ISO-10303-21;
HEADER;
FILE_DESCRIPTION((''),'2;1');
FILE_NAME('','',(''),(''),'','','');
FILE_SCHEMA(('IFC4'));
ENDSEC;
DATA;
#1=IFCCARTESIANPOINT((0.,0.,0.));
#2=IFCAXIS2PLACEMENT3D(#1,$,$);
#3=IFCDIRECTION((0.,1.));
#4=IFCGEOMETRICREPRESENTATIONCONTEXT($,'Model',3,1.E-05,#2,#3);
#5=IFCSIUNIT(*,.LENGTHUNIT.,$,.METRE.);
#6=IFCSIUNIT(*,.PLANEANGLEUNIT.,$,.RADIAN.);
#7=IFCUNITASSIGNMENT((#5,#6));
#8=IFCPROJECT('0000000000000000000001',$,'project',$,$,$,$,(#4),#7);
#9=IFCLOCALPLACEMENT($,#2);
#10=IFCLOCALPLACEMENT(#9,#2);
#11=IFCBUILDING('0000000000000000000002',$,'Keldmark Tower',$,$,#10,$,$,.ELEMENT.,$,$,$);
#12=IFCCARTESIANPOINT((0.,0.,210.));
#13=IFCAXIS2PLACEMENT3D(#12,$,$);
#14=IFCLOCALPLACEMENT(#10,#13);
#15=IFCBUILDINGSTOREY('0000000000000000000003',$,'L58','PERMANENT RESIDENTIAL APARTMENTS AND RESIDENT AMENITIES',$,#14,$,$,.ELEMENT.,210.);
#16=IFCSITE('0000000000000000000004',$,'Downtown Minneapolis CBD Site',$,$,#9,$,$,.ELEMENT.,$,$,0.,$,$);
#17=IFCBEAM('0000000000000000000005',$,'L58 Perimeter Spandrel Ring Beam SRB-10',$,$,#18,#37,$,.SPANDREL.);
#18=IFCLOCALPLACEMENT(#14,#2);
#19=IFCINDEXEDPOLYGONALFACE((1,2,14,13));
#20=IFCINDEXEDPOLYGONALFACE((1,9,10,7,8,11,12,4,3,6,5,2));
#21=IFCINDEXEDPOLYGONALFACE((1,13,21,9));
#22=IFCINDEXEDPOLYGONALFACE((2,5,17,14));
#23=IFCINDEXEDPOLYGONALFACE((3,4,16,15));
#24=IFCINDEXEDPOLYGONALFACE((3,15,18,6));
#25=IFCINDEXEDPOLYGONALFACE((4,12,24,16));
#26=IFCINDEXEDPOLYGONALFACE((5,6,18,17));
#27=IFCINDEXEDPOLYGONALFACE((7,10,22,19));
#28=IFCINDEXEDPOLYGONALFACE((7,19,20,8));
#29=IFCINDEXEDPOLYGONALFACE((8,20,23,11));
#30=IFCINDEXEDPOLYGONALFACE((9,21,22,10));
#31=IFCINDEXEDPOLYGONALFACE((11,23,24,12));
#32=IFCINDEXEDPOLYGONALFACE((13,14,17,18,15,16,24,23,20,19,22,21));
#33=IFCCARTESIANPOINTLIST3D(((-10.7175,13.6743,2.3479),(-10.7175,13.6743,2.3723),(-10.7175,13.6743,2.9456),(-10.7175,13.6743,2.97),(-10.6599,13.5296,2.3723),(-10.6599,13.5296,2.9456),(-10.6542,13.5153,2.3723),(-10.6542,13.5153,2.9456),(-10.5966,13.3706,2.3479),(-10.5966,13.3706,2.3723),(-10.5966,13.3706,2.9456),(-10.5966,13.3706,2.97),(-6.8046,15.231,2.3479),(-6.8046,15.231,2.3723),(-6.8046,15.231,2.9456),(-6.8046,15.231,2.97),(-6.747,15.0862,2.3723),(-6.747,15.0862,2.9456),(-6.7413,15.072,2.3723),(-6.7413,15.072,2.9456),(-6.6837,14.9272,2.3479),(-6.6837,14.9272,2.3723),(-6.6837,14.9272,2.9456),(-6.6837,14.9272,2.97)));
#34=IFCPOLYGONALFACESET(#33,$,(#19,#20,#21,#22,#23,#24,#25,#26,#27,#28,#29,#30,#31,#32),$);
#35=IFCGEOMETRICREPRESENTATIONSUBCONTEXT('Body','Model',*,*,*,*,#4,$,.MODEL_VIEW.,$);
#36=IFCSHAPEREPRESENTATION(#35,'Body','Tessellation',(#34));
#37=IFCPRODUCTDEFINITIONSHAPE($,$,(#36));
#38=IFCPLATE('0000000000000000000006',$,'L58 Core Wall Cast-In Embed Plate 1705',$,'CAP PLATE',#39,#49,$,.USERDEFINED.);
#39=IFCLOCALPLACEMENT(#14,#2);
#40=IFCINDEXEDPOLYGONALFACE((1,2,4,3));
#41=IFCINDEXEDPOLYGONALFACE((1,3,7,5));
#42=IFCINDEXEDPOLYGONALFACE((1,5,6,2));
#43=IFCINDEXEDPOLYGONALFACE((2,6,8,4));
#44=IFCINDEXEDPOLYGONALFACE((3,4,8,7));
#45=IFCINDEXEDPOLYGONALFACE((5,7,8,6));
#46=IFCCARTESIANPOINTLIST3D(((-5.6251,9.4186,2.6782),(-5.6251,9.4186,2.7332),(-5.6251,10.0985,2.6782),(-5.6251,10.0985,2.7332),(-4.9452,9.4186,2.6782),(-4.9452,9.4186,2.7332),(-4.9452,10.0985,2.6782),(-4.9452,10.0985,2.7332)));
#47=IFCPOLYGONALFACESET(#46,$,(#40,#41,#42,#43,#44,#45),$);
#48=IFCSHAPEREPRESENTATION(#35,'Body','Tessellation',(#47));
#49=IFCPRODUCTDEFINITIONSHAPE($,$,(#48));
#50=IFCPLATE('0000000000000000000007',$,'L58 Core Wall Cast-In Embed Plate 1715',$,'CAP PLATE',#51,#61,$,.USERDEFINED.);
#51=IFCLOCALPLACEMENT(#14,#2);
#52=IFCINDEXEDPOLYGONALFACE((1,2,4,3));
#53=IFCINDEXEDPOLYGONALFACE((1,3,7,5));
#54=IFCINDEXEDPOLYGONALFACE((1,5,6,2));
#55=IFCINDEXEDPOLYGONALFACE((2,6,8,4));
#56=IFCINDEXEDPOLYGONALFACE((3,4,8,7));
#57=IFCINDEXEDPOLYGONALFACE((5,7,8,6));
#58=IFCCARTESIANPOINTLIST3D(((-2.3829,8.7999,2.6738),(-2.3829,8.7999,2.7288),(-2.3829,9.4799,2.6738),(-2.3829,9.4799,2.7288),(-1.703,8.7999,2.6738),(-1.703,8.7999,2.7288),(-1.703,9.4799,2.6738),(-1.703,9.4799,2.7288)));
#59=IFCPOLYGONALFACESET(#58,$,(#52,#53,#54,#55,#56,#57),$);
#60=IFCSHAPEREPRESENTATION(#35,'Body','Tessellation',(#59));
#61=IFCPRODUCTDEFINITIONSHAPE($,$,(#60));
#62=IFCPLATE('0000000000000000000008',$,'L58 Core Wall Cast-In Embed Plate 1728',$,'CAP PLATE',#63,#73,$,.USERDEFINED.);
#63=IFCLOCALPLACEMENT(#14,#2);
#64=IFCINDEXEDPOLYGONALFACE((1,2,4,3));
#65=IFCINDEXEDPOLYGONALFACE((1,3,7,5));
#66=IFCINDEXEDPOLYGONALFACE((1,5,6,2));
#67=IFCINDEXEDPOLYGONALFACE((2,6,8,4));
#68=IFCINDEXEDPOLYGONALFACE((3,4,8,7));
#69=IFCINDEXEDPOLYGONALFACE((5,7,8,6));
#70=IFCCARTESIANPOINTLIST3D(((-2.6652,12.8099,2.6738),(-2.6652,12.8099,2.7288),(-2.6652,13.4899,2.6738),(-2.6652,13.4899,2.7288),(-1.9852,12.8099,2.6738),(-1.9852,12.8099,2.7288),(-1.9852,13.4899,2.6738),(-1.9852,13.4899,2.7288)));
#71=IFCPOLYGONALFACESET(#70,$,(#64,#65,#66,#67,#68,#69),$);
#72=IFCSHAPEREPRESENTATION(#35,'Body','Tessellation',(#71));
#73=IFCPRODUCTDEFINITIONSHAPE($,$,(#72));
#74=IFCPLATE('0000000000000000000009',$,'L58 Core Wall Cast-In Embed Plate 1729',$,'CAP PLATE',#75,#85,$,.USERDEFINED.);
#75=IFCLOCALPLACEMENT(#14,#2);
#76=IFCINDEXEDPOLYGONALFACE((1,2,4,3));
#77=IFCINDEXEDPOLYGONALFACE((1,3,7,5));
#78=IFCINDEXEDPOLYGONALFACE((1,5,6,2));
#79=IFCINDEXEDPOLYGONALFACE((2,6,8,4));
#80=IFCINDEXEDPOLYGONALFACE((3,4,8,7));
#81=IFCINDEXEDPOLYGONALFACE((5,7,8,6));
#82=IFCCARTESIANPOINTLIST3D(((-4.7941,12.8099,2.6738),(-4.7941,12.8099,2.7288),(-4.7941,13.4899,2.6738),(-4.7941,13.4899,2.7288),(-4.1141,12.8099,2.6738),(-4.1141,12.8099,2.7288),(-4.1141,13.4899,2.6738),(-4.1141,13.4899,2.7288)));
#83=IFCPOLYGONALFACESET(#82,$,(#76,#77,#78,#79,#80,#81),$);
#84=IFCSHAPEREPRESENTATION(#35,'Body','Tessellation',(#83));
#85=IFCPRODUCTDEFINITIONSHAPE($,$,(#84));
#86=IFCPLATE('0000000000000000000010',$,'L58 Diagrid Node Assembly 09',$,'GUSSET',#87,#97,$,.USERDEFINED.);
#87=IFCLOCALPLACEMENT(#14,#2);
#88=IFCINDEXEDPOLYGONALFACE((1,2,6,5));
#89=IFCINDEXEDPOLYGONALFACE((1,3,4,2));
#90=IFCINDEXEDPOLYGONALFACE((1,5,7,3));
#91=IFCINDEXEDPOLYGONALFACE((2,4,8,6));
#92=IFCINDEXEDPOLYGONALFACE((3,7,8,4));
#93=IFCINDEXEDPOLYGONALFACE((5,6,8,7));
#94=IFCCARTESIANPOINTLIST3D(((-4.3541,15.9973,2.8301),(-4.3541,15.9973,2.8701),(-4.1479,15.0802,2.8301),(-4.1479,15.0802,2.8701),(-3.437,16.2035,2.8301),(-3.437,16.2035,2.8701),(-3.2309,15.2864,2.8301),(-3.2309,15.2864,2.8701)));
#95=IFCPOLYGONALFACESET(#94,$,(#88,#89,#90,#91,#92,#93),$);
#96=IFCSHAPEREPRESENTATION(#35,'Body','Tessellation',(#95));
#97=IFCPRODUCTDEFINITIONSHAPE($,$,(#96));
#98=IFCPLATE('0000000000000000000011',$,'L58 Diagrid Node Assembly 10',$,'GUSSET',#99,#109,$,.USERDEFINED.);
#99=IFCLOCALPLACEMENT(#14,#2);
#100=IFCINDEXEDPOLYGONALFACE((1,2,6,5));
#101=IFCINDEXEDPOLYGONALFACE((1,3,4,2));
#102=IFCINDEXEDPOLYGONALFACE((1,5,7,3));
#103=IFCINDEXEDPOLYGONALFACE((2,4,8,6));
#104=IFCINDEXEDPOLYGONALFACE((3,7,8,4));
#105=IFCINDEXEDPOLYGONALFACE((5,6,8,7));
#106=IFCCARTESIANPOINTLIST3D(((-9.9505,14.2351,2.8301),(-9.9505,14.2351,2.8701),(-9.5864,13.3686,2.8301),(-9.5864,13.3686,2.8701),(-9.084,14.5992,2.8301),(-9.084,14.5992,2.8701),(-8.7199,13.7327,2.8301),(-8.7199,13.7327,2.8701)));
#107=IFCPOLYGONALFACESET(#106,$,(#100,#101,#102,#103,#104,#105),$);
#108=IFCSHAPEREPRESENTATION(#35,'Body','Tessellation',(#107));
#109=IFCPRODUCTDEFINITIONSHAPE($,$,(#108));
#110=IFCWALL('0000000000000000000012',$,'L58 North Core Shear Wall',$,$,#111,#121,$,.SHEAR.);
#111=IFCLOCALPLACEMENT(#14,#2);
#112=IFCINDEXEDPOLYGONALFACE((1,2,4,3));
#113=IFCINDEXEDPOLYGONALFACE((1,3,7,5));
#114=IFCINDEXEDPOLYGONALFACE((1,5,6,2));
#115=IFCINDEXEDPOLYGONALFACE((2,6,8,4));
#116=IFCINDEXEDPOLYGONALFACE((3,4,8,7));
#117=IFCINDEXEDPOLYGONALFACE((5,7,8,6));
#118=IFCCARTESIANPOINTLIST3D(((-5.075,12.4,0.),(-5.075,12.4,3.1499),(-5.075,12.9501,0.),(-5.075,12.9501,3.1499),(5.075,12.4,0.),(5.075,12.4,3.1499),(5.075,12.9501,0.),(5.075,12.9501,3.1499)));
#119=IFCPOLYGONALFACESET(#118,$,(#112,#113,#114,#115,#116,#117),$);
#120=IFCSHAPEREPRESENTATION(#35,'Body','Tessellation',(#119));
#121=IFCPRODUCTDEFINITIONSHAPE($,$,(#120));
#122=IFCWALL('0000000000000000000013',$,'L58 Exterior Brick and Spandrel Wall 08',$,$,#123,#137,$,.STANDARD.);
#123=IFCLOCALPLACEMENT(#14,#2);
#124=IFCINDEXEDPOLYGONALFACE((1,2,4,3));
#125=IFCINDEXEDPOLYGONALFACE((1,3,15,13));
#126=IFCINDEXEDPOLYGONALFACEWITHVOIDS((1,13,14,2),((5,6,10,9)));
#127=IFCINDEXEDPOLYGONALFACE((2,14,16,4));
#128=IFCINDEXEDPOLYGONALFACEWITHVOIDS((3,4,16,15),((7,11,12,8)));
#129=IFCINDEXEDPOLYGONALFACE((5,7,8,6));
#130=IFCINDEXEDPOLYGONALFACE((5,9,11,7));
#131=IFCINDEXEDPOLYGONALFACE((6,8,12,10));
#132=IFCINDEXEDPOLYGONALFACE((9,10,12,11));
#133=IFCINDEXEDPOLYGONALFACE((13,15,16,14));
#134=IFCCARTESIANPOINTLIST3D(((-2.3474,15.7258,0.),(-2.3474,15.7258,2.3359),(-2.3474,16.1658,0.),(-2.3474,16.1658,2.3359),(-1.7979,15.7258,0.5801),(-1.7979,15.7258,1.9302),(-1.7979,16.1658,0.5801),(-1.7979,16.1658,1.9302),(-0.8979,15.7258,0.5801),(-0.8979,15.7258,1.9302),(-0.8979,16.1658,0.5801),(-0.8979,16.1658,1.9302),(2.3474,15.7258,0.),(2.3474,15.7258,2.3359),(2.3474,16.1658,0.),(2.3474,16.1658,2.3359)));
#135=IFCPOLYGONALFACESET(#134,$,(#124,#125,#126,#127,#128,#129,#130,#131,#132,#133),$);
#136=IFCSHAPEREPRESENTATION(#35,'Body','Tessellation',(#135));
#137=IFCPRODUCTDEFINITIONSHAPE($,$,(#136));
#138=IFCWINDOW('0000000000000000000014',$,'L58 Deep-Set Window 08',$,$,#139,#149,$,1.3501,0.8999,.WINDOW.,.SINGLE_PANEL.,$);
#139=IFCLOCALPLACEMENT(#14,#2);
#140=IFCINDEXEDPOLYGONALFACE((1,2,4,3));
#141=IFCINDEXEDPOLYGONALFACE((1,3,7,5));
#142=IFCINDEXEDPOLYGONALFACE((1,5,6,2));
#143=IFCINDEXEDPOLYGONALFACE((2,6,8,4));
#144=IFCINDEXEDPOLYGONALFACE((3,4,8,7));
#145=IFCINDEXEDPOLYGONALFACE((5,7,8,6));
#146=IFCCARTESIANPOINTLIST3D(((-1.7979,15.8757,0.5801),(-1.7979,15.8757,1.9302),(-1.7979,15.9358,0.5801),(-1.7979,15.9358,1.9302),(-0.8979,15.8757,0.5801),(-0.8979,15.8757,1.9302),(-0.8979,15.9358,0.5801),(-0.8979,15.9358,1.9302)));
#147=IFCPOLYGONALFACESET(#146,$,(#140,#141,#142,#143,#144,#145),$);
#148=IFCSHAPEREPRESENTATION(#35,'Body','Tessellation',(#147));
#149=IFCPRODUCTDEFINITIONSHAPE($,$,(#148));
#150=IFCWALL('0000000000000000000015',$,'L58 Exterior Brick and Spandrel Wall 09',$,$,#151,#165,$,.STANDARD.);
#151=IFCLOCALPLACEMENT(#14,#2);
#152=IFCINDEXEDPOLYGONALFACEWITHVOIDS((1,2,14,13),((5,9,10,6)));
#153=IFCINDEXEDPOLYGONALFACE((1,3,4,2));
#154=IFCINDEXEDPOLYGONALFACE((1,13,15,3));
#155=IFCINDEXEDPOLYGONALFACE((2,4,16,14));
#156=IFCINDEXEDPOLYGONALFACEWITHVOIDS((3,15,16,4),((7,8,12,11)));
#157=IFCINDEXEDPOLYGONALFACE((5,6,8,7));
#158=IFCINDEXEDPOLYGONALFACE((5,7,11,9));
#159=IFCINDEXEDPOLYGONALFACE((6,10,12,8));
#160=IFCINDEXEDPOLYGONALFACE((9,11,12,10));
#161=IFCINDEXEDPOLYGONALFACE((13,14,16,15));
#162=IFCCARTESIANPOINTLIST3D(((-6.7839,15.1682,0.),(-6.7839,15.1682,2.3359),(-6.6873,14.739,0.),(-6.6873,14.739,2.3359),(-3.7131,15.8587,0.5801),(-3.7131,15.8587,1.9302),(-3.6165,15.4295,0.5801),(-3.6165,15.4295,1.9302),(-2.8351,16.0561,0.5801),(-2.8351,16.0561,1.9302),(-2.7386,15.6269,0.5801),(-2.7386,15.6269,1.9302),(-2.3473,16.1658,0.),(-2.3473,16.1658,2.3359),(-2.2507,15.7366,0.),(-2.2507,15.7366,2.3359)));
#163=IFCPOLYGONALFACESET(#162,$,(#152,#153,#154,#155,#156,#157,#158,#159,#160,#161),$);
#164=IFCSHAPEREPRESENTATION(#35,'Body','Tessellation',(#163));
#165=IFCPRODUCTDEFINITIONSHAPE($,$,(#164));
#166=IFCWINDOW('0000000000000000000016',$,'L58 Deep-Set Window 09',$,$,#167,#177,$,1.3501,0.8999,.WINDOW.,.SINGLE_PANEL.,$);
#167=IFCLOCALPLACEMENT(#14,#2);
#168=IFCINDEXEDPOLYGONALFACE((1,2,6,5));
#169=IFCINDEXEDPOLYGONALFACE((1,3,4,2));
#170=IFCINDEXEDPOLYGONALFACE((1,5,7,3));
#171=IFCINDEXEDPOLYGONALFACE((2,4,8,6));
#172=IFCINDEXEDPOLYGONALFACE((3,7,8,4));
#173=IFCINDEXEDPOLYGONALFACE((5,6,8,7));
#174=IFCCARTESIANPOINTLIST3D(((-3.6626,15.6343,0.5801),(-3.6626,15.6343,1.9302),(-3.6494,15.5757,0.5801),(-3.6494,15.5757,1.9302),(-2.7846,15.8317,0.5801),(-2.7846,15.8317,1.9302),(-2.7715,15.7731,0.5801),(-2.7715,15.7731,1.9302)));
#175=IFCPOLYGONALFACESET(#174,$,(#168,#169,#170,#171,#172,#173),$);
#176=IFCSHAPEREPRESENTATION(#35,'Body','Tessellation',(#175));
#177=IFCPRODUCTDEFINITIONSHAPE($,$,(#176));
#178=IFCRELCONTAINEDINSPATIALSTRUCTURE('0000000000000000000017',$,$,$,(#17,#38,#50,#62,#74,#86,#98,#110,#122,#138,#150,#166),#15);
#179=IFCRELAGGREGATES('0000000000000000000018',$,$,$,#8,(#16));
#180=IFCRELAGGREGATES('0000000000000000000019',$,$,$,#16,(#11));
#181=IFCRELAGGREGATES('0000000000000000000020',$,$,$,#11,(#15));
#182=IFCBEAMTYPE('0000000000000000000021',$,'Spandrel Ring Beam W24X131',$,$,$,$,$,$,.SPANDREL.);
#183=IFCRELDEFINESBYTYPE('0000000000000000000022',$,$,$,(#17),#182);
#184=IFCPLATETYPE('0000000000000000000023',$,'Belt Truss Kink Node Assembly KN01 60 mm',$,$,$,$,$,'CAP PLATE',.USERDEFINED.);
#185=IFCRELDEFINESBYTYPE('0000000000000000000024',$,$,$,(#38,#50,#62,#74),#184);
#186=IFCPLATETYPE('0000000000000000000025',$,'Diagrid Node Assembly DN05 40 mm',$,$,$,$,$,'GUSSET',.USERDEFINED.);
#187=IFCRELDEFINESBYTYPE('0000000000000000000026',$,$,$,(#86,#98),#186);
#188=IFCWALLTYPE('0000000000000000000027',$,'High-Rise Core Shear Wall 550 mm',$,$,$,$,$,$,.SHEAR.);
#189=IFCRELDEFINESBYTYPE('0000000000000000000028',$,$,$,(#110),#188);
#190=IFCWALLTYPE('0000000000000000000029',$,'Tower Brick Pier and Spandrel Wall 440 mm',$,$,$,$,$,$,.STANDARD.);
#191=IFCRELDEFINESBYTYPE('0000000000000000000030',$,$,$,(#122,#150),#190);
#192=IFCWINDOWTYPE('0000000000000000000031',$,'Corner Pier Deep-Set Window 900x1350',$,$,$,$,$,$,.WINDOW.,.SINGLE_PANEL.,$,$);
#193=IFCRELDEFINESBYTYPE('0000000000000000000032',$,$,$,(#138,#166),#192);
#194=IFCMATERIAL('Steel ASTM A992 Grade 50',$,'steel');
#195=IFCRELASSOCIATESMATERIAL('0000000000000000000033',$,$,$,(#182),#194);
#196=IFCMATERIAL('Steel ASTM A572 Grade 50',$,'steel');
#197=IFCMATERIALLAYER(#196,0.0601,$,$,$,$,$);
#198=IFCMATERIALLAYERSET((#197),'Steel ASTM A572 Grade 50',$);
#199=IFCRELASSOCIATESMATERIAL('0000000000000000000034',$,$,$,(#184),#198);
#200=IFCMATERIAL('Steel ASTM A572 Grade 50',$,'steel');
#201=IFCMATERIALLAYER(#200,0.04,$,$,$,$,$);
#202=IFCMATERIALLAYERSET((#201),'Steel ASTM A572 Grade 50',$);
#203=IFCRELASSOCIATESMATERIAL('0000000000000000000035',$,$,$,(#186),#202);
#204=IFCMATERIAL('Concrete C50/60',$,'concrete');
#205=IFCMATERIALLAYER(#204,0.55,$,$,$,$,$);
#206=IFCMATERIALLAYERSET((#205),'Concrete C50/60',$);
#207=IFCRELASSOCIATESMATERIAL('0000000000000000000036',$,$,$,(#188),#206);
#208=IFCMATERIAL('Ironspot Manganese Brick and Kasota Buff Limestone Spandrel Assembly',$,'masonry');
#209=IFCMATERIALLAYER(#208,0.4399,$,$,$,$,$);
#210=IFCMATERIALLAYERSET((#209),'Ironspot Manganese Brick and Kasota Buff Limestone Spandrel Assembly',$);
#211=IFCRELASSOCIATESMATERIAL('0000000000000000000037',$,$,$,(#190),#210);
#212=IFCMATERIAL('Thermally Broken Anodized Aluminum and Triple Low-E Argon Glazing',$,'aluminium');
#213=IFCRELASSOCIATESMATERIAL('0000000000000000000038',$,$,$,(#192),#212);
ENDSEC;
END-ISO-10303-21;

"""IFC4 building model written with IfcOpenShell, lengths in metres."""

from ifc_helpers import new_model, si_unit, direction, frame, frame_2d, origin, origin_2d, place, context, subcontext, project, spatial, rectangle, i_section, extrude, material, layer, layer_set, material_profile, profile_set, type_object, element, fill, save


model = new_model("IFC4")

# Units and contexts
model_context = context("Model", 3, precision=1e-05, world=origin(), true_north=direction((0.0, 1.0)))
body_context = subcontext(model_context, "Body", "Model", "MODEL_VIEW")
ifc_project = project(units=[si_unit("LENGTHUNIT", "METRE"), si_unit("PLANEANGLEUNIT", "RADIAN")], contexts=[model_context])

# Site, building, storey
site_placement = place(None, origin())
site = spatial("IfcSite", under=ifc_project, at=site_placement, Name="Downtown Minneapolis CBD Site", CompositionType="ELEMENT", RefElevation=0.0)
building_placement = place(site_placement, origin())
building = spatial("IfcBuilding", under=site, at=building_placement, Name="Keldmark Tower", CompositionType="ELEMENT")
storey_placement = place(building_placement, frame((0.0, 0.0, 210.0)))
storey = spatial("IfcBuildingStorey", under=building, at=storey_placement, Name="L58", Description="PERMANENT RESIDENTIAL APARTMENTS AND RESIDENT AMENITIES", CompositionType="ELEMENT", Elevation=210.0)

# Beam
ifc_material_1 = material(Name="Steel ASTM A992 Grade 50", Category="steel")
ifc_material_profile_1 = material_profile(ifc_material_1, i_section(OverallWidth=0.3269, OverallDepth=0.6221, WebThickness=0.0154, FlangeThickness=0.0244, at=origin_2d()), Name="W24X131")
ifc_profile_set_1 = profile_set([ifc_material_profile_1], Name="Steel ASTM A992 Grade 50")
beam_type_1 = type_object("IfcBeamType", Name="Spandrel Ring Beam W24X131", PredefinedType="SPANDREL", material=ifc_profile_set_1)
beam_1_placement = place(storey_placement, frame((-6.7441, 15.0791, 2.6589), z_axis=(-0.929171, -0.369651, 0.0), x_axis=(0.369651, -0.929171, 0.0)))
element("IfcBeam", 1, at=beam_1_placement, inside=storey, type_object=beam_type_1, Name="L58 Perimeter Spandrel Ring Beam SRB-10", PredefinedType="SPANDREL", context=body_context, shape_type="SweptSolid", body=[
    extrude(i_section(OverallWidth=0.3269, OverallDepth=0.6221, WebThickness=0.0154, FlangeThickness=0.0244, at=origin_2d()), origin(), (0.0, 0.0, 1.0), 4.2112),
])

# Plates
ifc_material_2 = material(Name="Steel ASTM A572 Grade 50", Category="steel")
ifc_layer_1 = layer(ifc_material_2, 0.0601)
ifc_layer_set_1 = layer_set([ifc_layer_1], Name="Steel ASTM A572 Grade 50")
plate_type_1 = type_object("IfcPlateType", Name="Belt Truss Kink Node Assembly KN01 60 mm", ElementType="CAP PLATE", PredefinedType="USERDEFINED", material=ifc_layer_set_1)
for number, where, z_axis, x_axis, name in (
    (2, (-5.2852, 9.7585, 2.6782), (0.0, 0.0, 1.0), (1.0, 0.0, 0.0), "L58 Core Wall Cast-In Embed Plate 1705"),
    (3, (-2.043, 9.1399, 2.6738), (0.0, 0.0, 1.0), (1.0, 0.0, 0.0), "L58 Core Wall Cast-In Embed Plate 1715"),
    (4, (-2.3252, 13.1499, 2.6738), (0.0, 0.0, 1.0), (1.0, 0.0, 0.0), "L58 Core Wall Cast-In Embed Plate 1728"),
    (5, (-4.4541, 13.1499, 2.6738), (0.0, 0.0, 1.0), (1.0, 0.0, 0.0), "L58 Core Wall Cast-In Embed Plate 1729"),
):
    element("IfcPlate", number, at=place(storey_placement, frame(where, z_axis=z_axis, x_axis=x_axis)), inside=storey, type_object=plate_type_1, Name=name, ObjectType="CAP PLATE", PredefinedType="USERDEFINED", context=body_context, shape_type="SweptSolid", body=[
        extrude(rectangle(XDim=0.6799, YDim=0.6799, at=origin_2d()), origin(), (0.0, 0.0, 1.0), 0.0549),
    ])
ifc_material_3 = material(Name="Steel ASTM A572 Grade 50", Category="steel")
ifc_layer_2 = layer(ifc_material_3, 0.04)
ifc_layer_set_2 = layer_set([ifc_layer_2], Name="Steel ASTM A572 Grade 50")
plate_type_2 = type_object("IfcPlateType", Name="Diagrid Node Assembly DN05 40 mm", ElementType="GUSSET", PredefinedType="USERDEFINED", material=ifc_layer_set_2)
for number, where, z_axis, x_axis, name in (
    (6, (-3.7925, 15.6418, 2.8301), (0.0, 0.0, 1.0), (-0.97565, -0.219335, 0.0), "L58 Diagrid Node Assembly 09"),
    (7, (-9.3352, 13.9839, 2.8301), (0.0, 0.0, 1.0), (-0.921931, -0.387355, 0.0), "L58 Diagrid Node Assembly 10"),
):
    element("IfcPlate", number, at=place(storey_placement, frame(where, z_axis=z_axis, x_axis=x_axis)), inside=storey, type_object=plate_type_2, Name=name, ObjectType="GUSSET", PredefinedType="USERDEFINED", context=body_context, shape_type="SweptSolid", body=[
        extrude(rectangle(XDim=0.9399, YDim=0.9399, at=origin_2d()), origin(), (0.0, 0.0, 1.0), 0.04),
    ])

# Wall
ifc_material_4 = material(Name="Concrete C50/60", Category="concrete")
ifc_layer_3 = layer(ifc_material_4, 0.55)
ifc_layer_set_3 = layer_set([ifc_layer_3], Name="Concrete C50/60")
wall_type_1 = type_object("IfcWallType", Name="High-Rise Core Shear Wall 550 mm", PredefinedType="SHEAR", material=ifc_layer_set_3)
wall_1_placement = place(storey_placement, frame((-5.075, 12.675, 0.0), z_axis=(0.0, 0.0, 1.0), x_axis=(1.0, 0.0, 0.0)))
element("IfcWall", 8, at=wall_1_placement, inside=storey, type_object=wall_type_1, Name="L58 North Core Shear Wall", PredefinedType="SHEAR", context=body_context, shape_type="SweptSolid", body=[
    extrude(rectangle(XDim=10.1499, YDim=0.55, at=frame_2d((5.075, 0.0))), origin(), (0.0, 0.0, 1.0), 3.1499),
])

# Walls, openings, windows
ifc_material_5 = material(Name="Ironspot Manganese Brick and Kasota Buff Limestone Spandrel Assembly", Category="masonry")
ifc_layer_4 = layer(ifc_material_5, 0.4399)
ifc_layer_set_4 = layer_set([ifc_layer_4], Name="Ironspot Manganese Brick and Kasota Buff Limestone Spandrel Assembly")
wall_type_2 = type_object("IfcWallType", Name="Tower Brick Pier and Spandrel Wall 440 mm", PredefinedType="STANDARD", material=ifc_layer_set_4)
wall_2_placement = place(storey_placement, frame((-2.3474, 15.9458, 0.0), z_axis=(0.0, 0.0, 1.0), x_axis=(1.0, 0.0, 0.0)))
wall_2 = element("IfcWall", 9, at=wall_2_placement, inside=storey, type_object=wall_type_2, Name="L58 Exterior Brick and Spandrel Wall 08", PredefinedType="STANDARD", context=body_context, shape_type="SweptSolid", body=[
    extrude(rectangle(XDim=4.6948, YDim=0.4399, at=frame_2d((2.3474, 0.0))), origin(), (0.0, 0.0, 1.0), 2.3359),
])
opening_1_placement = place(wall_2_placement, frame((0.5496, 0.0, 0.5801)))
opening_1 = element("IfcOpeningElement", 10, at=opening_1_placement, cuts=wall_2, PredefinedType="OPENING", context=body_context, shape_type="SweptSolid", body=[
    extrude(rectangle(XDim=0.8999, YDim=1.3501, at=frame_2d((0.45, 0.675))), frame((0.0, 0.23, 0.0), z_axis=(0.0, -1.0, 0.0), x_axis=(1.0, 0.0, 0.0)), (0.0, 0.0, 1.0), 0.46),
])
ifc_material_6 = material(Name="Thermally Broken Anodized Aluminum and Triple Low-E Argon Glazing", Category="aluminium")
window_type = type_object("IfcWindowType", Name="Corner Pier Deep-Set Window 900x1350", PartitioningType="SINGLE_PANEL", PredefinedType="WINDOW", material=ifc_material_6)
window_1_placement = place(opening_1_placement, origin())
window_1 = element("IfcWindow", 11, at=window_1_placement, inside=storey, type_object=window_type, Name="L58 Deep-Set Window 08", OverallHeight=1.3501, OverallWidth=0.8999, PartitioningType="SINGLE_PANEL", PredefinedType="WINDOW", context=body_context, shape_type="SweptSolid", body=[
    extrude(rectangle(XDim=0.8999, YDim=1.3501, at=frame_2d((0.45, 0.675))), frame((0.0, -0.01, 0.0), z_axis=(0.0, -1.0, 0.0), x_axis=(1.0, 0.0, 0.0)), (0.0, 0.0, 1.0), 0.0601),
])
fill(opening_1, window_1)
wall_3_placement = place(storey_placement, frame((-6.7356, 14.9536, 0.0), z_axis=(0.0, 0.0, 1.0), x_axis=(0.975641, 0.219374, 0.0)))
wall_3 = element("IfcWall", 12, at=wall_3_placement, inside=storey, type_object=wall_type_2, Name="L58 Exterior Brick and Spandrel Wall 09", PredefinedType="STANDARD", context=body_context, shape_type="SweptSolid", body=[
    extrude(rectangle(XDim=4.5474, YDim=0.4399, at=frame_2d((2.2737, 0.0))), origin(), (0.0, 0.0, 1.0), 2.3359),
])
opening_2_placement = place(wall_3_placement, frame((3.1475, 0.0, 0.5801)))
opening_2 = element("IfcOpeningElement", 13, at=opening_2_placement, cuts=wall_3, PredefinedType="OPENING", context=body_context, shape_type="SweptSolid", body=[
    extrude(rectangle(XDim=0.8999, YDim=1.3501, at=frame_2d((0.45, 0.675))), frame((0.0, 0.23, 0.0), z_axis=(0.0, -1.0, 0.0), x_axis=(1.0, 0.0, 0.0)), (0.0, 0.0, 1.0), 0.46),
])
window_2_placement = place(opening_2_placement, origin())
window_2 = element("IfcWindow", 14, at=window_2_placement, inside=storey, type_object=window_type, Name="L58 Deep-Set Window 09", OverallHeight=1.3501, OverallWidth=0.8999, PartitioningType="SINGLE_PANEL", PredefinedType="WINDOW", context=body_context, shape_type="SweptSolid", body=[
    extrude(rectangle(XDim=0.8999, YDim=1.3501, at=frame_2d((0.45, 0.675))), frame((0.0, -0.01, 0.0), z_axis=(0.0, -1.0, 0.0), x_axis=(1.0, 0.0, 0.0)), (0.0, 0.0, 1.0), 0.0601),
])
fill(opening_2, window_2)

save(model, "model.ifc")
